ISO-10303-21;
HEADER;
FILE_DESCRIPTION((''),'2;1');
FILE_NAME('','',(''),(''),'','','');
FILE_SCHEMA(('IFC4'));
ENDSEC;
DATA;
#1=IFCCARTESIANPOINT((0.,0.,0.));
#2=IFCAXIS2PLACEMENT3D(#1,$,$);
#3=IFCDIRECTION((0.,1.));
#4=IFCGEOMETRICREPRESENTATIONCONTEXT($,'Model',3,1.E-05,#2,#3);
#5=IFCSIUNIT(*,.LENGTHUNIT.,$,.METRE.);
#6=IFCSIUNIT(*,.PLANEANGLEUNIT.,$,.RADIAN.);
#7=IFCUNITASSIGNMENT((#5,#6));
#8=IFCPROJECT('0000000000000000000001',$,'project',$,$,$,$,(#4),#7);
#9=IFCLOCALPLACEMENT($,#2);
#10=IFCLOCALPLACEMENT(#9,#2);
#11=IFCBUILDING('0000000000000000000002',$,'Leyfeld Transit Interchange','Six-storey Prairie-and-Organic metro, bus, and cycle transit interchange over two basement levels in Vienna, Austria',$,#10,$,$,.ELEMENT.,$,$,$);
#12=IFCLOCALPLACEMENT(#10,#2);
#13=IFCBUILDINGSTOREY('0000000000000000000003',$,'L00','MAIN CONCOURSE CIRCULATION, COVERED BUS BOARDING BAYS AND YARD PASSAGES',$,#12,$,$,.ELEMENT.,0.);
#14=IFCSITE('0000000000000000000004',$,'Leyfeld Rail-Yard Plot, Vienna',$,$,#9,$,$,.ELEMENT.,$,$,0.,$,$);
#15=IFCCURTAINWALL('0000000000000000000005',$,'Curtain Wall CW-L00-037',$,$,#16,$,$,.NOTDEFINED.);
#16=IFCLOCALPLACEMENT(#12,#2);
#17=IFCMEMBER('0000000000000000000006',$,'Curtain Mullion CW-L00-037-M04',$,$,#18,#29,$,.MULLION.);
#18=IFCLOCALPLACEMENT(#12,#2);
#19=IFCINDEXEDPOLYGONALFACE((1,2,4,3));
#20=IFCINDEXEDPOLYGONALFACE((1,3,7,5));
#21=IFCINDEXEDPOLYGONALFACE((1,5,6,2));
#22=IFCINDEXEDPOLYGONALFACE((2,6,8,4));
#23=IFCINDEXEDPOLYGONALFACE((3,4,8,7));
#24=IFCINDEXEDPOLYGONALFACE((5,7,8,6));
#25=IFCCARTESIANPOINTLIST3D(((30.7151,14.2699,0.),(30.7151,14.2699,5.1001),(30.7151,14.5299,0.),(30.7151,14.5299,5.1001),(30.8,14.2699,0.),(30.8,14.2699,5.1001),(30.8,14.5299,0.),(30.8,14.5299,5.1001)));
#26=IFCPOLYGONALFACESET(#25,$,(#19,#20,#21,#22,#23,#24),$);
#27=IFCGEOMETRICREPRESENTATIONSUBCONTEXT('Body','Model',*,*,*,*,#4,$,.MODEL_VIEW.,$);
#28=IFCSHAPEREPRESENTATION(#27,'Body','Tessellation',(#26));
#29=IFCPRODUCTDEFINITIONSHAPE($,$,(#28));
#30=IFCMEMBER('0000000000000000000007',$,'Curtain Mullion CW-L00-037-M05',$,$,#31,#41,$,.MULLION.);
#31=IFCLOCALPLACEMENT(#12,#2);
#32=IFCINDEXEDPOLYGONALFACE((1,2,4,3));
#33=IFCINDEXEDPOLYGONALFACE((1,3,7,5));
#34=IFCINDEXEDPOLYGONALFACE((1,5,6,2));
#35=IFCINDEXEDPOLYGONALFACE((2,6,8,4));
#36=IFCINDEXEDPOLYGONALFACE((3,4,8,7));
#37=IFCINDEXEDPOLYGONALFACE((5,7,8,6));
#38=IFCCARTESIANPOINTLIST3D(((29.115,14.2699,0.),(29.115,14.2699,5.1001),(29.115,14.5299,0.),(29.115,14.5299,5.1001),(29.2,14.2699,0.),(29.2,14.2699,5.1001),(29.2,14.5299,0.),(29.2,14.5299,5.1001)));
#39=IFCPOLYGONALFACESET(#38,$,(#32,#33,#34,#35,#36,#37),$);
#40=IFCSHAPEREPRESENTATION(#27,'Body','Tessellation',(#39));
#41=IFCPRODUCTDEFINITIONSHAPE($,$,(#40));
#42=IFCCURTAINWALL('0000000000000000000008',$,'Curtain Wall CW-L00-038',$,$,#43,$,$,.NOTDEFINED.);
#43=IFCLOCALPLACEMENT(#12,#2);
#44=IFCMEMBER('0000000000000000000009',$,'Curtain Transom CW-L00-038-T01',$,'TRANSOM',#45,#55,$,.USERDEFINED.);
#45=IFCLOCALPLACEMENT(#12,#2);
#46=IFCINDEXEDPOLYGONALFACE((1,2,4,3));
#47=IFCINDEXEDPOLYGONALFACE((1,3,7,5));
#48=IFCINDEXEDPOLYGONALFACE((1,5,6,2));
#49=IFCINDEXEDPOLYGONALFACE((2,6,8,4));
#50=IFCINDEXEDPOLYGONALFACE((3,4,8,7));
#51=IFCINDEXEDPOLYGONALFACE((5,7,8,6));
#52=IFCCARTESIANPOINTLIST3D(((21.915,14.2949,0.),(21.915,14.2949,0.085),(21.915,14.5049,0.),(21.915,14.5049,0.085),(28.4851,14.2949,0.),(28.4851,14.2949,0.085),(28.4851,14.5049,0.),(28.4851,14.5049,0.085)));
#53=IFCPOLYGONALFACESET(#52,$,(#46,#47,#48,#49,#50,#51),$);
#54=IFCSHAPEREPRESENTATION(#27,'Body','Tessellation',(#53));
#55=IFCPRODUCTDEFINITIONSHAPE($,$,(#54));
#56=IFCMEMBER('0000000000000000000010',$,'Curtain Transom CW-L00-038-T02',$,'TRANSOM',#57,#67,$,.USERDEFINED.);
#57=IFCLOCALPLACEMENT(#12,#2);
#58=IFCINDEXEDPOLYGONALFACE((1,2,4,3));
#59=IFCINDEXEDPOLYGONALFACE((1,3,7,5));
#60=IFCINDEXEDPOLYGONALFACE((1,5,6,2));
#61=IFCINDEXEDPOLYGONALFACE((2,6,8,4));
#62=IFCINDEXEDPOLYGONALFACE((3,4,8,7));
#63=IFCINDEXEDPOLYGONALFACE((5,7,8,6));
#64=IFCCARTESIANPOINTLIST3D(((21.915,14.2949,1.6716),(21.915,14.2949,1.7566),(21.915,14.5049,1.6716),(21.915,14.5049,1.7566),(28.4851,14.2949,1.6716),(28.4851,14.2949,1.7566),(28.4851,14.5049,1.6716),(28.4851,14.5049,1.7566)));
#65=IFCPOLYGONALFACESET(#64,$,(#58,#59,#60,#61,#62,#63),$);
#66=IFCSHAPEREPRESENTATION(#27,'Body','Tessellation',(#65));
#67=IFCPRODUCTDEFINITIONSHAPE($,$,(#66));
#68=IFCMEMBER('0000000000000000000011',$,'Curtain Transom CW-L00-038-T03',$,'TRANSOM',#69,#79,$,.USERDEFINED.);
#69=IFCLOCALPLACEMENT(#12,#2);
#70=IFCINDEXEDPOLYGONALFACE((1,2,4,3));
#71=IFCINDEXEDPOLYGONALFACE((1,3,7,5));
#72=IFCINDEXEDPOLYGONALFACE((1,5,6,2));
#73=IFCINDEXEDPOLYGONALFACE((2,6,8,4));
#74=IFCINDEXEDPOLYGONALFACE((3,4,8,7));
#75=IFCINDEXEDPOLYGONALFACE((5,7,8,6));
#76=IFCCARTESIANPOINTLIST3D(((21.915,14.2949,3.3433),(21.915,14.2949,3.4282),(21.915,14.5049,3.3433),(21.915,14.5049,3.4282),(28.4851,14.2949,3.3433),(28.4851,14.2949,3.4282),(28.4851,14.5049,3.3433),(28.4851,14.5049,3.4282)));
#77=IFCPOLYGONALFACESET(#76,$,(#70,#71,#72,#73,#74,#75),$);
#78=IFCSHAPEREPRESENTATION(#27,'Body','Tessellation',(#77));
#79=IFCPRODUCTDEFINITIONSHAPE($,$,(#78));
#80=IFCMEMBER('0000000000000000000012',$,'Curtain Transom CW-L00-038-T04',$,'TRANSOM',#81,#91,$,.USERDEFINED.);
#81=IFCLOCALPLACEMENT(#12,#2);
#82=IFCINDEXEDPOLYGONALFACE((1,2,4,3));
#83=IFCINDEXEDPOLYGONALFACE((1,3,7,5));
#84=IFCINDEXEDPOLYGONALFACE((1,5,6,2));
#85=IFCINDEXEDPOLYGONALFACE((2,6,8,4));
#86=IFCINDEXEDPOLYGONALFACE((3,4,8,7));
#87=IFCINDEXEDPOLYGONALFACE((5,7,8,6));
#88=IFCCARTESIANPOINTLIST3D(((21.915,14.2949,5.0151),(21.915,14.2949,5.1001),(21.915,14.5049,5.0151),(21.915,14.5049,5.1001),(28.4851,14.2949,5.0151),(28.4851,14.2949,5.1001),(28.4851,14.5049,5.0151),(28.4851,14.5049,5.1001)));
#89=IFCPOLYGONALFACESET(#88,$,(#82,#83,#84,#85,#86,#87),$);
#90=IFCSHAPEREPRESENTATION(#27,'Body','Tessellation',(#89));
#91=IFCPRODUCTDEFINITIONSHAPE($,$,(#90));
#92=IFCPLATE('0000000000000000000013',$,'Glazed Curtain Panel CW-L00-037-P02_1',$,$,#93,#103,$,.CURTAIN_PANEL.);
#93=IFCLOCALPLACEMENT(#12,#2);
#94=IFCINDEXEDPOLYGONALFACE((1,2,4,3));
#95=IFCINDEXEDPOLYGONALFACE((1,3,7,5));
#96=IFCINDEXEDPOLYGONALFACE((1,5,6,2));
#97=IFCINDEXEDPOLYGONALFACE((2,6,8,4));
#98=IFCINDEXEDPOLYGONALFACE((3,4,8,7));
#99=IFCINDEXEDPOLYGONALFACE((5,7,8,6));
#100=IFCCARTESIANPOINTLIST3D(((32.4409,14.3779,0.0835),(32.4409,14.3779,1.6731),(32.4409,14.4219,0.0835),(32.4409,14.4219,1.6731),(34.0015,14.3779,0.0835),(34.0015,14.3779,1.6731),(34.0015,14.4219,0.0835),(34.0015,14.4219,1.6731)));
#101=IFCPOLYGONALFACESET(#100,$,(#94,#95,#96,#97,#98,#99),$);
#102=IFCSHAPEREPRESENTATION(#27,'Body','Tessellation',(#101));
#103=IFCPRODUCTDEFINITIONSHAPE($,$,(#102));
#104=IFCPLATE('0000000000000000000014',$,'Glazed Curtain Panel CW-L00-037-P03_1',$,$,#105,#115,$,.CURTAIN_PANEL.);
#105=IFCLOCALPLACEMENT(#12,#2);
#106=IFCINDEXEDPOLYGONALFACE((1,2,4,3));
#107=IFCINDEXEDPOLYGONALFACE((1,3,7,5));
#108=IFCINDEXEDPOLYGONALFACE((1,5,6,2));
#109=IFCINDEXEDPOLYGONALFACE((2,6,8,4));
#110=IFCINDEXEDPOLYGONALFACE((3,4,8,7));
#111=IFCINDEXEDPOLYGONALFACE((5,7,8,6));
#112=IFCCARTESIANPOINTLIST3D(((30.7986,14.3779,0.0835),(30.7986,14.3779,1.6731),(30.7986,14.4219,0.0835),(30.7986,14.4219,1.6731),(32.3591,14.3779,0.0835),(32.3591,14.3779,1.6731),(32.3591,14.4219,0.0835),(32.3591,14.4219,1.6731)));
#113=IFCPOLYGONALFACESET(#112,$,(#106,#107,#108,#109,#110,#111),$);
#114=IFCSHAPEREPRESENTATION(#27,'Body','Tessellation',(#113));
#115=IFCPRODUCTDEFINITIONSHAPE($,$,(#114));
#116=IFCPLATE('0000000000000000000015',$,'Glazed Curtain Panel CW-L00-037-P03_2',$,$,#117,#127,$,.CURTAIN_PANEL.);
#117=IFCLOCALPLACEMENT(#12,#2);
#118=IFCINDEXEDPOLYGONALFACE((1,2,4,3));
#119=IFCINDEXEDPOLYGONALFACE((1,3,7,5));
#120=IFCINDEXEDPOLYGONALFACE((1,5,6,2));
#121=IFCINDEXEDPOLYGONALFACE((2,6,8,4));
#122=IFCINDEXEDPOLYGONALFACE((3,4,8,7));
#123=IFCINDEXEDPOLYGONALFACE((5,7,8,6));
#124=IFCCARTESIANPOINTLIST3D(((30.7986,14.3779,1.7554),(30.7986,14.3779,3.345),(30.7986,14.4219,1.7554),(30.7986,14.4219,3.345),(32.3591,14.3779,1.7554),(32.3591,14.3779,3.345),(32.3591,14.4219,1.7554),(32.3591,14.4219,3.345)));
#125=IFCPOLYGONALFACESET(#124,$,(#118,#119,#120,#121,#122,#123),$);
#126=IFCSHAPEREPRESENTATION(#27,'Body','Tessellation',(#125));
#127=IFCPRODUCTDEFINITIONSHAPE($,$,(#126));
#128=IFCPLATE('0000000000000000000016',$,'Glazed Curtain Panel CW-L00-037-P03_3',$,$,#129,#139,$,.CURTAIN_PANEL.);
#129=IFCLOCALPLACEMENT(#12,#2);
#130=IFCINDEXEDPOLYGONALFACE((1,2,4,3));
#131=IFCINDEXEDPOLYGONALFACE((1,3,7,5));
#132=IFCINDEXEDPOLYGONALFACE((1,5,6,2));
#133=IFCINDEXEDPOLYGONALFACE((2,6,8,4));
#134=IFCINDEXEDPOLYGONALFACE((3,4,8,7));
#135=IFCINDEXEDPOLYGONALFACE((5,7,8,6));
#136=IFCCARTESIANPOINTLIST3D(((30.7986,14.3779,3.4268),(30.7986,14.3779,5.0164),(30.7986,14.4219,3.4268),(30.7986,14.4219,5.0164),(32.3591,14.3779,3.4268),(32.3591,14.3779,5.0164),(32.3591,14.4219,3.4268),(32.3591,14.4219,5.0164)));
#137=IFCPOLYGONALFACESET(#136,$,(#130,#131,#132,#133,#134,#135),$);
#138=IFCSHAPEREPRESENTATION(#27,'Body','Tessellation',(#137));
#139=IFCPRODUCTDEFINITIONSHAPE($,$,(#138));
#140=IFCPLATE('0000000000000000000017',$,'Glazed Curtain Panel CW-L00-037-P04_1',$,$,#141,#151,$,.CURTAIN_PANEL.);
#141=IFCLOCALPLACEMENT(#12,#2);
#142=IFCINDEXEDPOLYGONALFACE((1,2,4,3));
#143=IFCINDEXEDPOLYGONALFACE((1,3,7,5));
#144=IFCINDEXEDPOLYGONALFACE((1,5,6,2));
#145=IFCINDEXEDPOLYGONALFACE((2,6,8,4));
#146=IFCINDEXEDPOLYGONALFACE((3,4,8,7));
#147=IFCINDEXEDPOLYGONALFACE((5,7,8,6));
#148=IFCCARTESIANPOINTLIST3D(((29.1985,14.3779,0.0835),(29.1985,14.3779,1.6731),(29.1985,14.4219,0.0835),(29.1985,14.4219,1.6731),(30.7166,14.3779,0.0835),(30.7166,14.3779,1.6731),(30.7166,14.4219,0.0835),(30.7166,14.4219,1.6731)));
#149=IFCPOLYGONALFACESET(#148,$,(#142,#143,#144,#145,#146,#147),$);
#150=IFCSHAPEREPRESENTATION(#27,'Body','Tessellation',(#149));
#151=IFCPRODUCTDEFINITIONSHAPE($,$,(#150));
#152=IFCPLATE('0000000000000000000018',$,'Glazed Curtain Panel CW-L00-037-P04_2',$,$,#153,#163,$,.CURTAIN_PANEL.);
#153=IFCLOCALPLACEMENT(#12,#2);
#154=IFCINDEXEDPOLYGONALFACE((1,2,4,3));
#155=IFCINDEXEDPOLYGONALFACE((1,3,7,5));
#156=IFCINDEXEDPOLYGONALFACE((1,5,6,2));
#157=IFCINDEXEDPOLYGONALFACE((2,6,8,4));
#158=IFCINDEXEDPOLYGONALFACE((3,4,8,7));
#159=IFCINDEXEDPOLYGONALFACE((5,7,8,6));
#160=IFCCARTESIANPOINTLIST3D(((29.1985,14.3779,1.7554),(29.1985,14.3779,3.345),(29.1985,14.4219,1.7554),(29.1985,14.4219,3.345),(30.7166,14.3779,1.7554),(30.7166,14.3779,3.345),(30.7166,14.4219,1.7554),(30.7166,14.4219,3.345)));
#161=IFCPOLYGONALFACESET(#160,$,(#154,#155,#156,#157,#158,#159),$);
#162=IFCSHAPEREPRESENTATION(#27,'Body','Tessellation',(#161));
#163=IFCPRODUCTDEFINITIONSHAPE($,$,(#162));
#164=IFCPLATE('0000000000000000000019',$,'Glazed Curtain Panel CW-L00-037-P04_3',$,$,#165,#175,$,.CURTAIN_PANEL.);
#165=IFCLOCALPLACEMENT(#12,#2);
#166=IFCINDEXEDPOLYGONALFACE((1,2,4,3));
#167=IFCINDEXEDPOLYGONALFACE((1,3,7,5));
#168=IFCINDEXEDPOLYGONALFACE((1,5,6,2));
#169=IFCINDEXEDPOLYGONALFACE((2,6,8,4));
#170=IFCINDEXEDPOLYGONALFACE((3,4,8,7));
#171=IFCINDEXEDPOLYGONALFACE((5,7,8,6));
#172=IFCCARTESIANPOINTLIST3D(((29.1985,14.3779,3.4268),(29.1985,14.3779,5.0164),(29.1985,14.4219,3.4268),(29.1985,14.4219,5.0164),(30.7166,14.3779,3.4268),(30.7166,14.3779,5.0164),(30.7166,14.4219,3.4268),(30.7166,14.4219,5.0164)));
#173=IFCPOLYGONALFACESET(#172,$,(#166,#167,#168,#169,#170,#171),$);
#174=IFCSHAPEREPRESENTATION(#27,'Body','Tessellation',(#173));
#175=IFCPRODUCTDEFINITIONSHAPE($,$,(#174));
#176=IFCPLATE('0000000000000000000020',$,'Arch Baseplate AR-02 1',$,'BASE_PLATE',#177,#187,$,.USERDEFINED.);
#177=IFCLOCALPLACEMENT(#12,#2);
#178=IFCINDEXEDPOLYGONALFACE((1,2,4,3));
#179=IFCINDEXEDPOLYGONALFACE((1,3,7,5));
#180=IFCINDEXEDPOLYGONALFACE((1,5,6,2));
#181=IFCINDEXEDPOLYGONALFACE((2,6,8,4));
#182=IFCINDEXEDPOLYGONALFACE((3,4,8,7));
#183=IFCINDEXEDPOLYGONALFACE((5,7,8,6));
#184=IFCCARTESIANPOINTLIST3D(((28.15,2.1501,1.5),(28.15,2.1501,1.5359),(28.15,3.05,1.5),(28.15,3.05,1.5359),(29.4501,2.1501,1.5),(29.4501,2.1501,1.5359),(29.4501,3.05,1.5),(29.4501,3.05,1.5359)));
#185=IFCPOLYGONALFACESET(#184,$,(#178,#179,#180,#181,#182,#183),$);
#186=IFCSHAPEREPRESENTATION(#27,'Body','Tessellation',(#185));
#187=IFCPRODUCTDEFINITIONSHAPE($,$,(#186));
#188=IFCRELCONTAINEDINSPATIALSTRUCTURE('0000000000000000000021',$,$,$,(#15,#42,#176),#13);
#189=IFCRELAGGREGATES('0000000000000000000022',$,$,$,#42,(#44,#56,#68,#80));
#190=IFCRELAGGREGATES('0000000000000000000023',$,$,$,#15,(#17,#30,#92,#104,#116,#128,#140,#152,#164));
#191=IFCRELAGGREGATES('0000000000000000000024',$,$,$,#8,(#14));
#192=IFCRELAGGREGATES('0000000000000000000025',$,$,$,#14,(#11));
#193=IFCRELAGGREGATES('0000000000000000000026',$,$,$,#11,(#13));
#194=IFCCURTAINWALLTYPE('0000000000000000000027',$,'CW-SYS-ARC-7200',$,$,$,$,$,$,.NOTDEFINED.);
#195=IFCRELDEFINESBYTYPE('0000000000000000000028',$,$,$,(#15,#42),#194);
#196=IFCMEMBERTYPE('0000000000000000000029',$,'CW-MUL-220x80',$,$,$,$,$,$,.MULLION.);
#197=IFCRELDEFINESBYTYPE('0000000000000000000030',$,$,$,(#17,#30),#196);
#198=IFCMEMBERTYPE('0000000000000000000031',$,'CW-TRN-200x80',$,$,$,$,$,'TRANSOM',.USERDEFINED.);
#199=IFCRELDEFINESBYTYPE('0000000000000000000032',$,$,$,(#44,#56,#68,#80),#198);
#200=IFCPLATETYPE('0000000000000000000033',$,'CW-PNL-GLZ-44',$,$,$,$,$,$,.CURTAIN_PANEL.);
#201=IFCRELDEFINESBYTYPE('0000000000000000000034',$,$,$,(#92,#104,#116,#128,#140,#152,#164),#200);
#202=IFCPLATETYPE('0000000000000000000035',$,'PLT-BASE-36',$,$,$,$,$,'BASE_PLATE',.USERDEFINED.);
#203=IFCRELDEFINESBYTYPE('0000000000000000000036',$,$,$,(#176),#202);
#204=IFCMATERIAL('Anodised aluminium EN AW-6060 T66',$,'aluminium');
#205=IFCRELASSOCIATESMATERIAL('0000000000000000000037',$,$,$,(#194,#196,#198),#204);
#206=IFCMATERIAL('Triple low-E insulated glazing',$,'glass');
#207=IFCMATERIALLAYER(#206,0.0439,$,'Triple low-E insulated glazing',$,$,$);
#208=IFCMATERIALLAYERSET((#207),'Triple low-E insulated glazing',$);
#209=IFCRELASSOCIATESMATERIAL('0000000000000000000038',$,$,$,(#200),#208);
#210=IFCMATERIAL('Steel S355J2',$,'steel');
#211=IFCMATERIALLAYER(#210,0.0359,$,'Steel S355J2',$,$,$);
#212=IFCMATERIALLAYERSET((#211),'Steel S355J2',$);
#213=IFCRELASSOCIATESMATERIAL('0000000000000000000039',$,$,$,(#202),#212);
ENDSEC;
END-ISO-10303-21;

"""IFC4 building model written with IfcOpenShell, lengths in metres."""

from ifc_helpers import new_model, si_unit, direction, frame, origin, origin_2d, place, context, subcontext, project, spatial, rectangle, extrude, material, layer, layer_set, material_profile, profile_set, type_object, element, aggregate, save


model = new_model("IFC4")

# Units and contexts
model_context = context("Model", 3, precision=1e-05, world=origin(), true_north=direction((0.0, 1.0)))
body_context = subcontext(model_context, "Body", "Model", "MODEL_VIEW")
ifc_project = project(units=[si_unit("LENGTHUNIT", "METRE"), si_unit("PLANEANGLEUNIT", "RADIAN")], contexts=[model_context])

# Site, building, storey
site_placement = place(None, origin())
site = spatial("IfcSite", under=ifc_project, at=site_placement, Name="Leyfeld Rail-Yard Plot, Vienna", CompositionType="ELEMENT", RefElevation=0.0)
building_placement = place(site_placement, origin())
building = spatial("IfcBuilding", under=site, at=building_placement, Name="Leyfeld Transit Interchange", Description="Six-storey Prairie-and-Organic metro, bus, and cycle transit interchange over two basement levels in Vienna, Austria", CompositionType="ELEMENT")
storey_placement = place(building_placement, origin())
storey = spatial("IfcBuildingStorey", under=building, at=storey_placement, Name="L00", Description="MAIN CONCOURSE CIRCULATION, COVERED BUS BOARDING BAYS AND YARD PASSAGES", CompositionType="ELEMENT", Elevation=0.0)

# Curtain walls, members
ifc_material_1 = material(Name="Anodised aluminium EN AW-6060 T66", Category="aluminium")
curtain_wall_type = type_object("IfcCurtainWallType", Name="CW-SYS-ARC-7200", PredefinedType="NOTDEFINED", material=ifc_material_1)
curtain_wall_1_placement = place(storey_placement, origin())
curtain_wall_1 = element("IfcCurtainWall", 1, at=curtain_wall_1_placement, inside=storey, type_object=curtain_wall_type, Name="Curtain Wall CW-L00-037", PredefinedType="NOTDEFINED")
ifc_material_profile_1 = material_profile(ifc_material_1, rectangle(XDim=0.085, YDim=0.26, at=origin_2d()), Name="CW-M 85x260")
ifc_profile_set_1 = profile_set([ifc_material_profile_1], Name="Anodised aluminium EN AW-6060 T66")
member_type_1 = type_object("IfcMemberType", Name="CW-MUL-220x80", PredefinedType="MULLION", material=ifc_profile_set_1)
member_1_placement = place(storey_placement, frame((30.7576, 14.3999, 0.0), z_axis=(0.0, 0.0, 1.0), x_axis=(-1.0, 0.0, 0.0)))
member_1 = element("IfcMember", 2, at=member_1_placement, type_object=member_type_1, Name="Curtain Mullion CW-L00-037-M04", PredefinedType="MULLION", context=body_context, shape_type="SweptSolid", body=[
    extrude(rectangle(XDim=0.085, YDim=0.26, at=origin_2d()), origin(), (0.0, 0.0, 1.0), 5.1001),
])
member_2_placement = place(storey_placement, frame((29.1575, 14.3999, 0.0), z_axis=(0.0, 0.0, 1.0), x_axis=(-1.0, 0.0, 0.0)))
member_2 = element("IfcMember", 3, at=member_2_placement, type_object=member_type_1, Name="Curtain Mullion CW-L00-037-M05", PredefinedType="MULLION", context=body_context, shape_type="SweptSolid", body=[
    extrude(rectangle(XDim=0.085, YDim=0.26, at=origin_2d()), origin(), (0.0, 0.0, 1.0), 5.1001),
])
curtain_wall_2_placement = place(storey_placement, origin())
curtain_wall_2 = element("IfcCurtainWall", 4, at=curtain_wall_2_placement, inside=storey, type_object=curtain_wall_type, Name="Curtain Wall CW-L00-038", PredefinedType="NOTDEFINED")
ifc_material_profile_2 = material_profile(ifc_material_1, rectangle(XDim=0.21, YDim=0.085, at=origin_2d()), Name="CW-TRN-200x80")
ifc_profile_set_2 = profile_set([ifc_material_profile_2], Name="Anodised aluminium EN AW-6060 T66")
member_type_2 = type_object("IfcMemberType", Name="CW-TRN-200x80", ElementType="TRANSOM", PredefinedType="USERDEFINED", material=ifc_profile_set_2)
member_3_placement = place(storey_placement, frame((28.4851, 14.3999, 0.0425), z_axis=(-1.0, 0.0, 0.0), x_axis=(0.0, -1.0, 0.0)))
member_3 = element("IfcMember", 5, at=member_3_placement, type_object=member_type_2, Name="Curtain Transom CW-L00-038-T01", ObjectType="TRANSOM", PredefinedType="USERDEFINED", context=body_context, shape_type="SweptSolid", body=[
    extrude(rectangle(XDim=0.21, YDim=0.085, at=origin_2d()), origin(), (0.0, 0.0, 1.0), 6.5701),
])
member_4_placement = place(storey_placement, frame((28.4851, 14.3999, 1.7141), z_axis=(-1.0, 0.0, 0.0), x_axis=(0.0, -1.0, 0.0)))
member_4 = element("IfcMember", 6, at=member_4_placement, type_object=member_type_2, Name="Curtain Transom CW-L00-038-T02", ObjectType="TRANSOM", PredefinedType="USERDEFINED", context=body_context, shape_type="SweptSolid", body=[
    extrude(rectangle(XDim=0.21, YDim=0.085, at=origin_2d()), origin(), (0.0, 0.0, 1.0), 6.5701),
])
member_5_placement = place(storey_placement, frame((28.4851, 14.3999, 3.3857), z_axis=(-1.0, 0.0, 0.0), x_axis=(0.0, -1.0, 0.0)))
member_5 = element("IfcMember", 7, at=member_5_placement, type_object=member_type_2, Name="Curtain Transom CW-L00-038-T03", ObjectType="TRANSOM", PredefinedType="USERDEFINED", context=body_context, shape_type="SweptSolid", body=[
    extrude(rectangle(XDim=0.21, YDim=0.085, at=origin_2d()), origin(), (0.0, 0.0, 1.0), 6.5701),
])
member_6_placement = place(storey_placement, frame((28.4851, 14.3999, 5.0576), z_axis=(-1.0, 0.0, 0.0), x_axis=(0.0, -1.0, 0.0)))
member_6 = element("IfcMember", 8, at=member_6_placement, type_object=member_type_2, Name="Curtain Transom CW-L00-038-T04", ObjectType="TRANSOM", PredefinedType="USERDEFINED", context=body_context, shape_type="SweptSolid", body=[
    extrude(rectangle(XDim=0.21, YDim=0.085, at=origin_2d()), origin(), (0.0, 0.0, 1.0), 6.5701),
])
aggregate(curtain_wall_2, [member_3, member_4, member_5, member_6])

# Plates
ifc_material_2 = material(Name="Triple low-E insulated glazing", Category="glass")
ifc_layer_1 = layer(ifc_material_2, 0.0439, Name="Triple low-E insulated glazing")
ifc_layer_set_1 = layer_set([ifc_layer_1], Name="Triple low-E insulated glazing")
plate_type_1 = type_object("IfcPlateType", Name="CW-PNL-GLZ-44", PredefinedType="CURTAIN_PANEL", material=ifc_layer_set_1)
plate_1_placement = place(storey_placement, frame((33.2212, 14.3999, 0.0835), z_axis=(0.0, 0.0, 1.0), x_axis=(-1.0, 0.0, 0.0)))
plate_1 = element("IfcPlate", 9, at=plate_1_placement, type_object=plate_type_1, Name="Glazed Curtain Panel CW-L00-037-P02_1", PredefinedType="CURTAIN_PANEL", context=body_context, shape_type="SweptSolid", body=[
    extrude(rectangle(XDim=1.5605, YDim=0.0439, at=origin_2d()), origin(), (0.0, 0.0, 1.0), 1.5896),
])
plate_2_placement = place(storey_placement, frame((31.5789, 14.3999, 0.0835), z_axis=(0.0, 0.0, 1.0), x_axis=(-1.0, 0.0, 0.0)))
plate_2 = element("IfcPlate", 10, at=plate_2_placement, type_object=plate_type_1, Name="Glazed Curtain Panel CW-L00-037-P03_1", PredefinedType="CURTAIN_PANEL", context=body_context, shape_type="SweptSolid", body=[
    extrude(rectangle(XDim=1.5605, YDim=0.0439, at=origin_2d()), origin(), (0.0, 0.0, 1.0), 1.5896),
])
plate_3_placement = place(storey_placement, frame((31.5789, 14.3999, 1.7554), z_axis=(0.0, 0.0, 1.0), x_axis=(-1.0, 0.0, 0.0)))
plate_3 = element("IfcPlate", 11, at=plate_3_placement, type_object=plate_type_1, Name="Glazed Curtain Panel CW-L00-037-P03_2", PredefinedType="CURTAIN_PANEL", context=body_context, shape_type="SweptSolid", body=[
    extrude(rectangle(XDim=1.5605, YDim=0.0439, at=origin_2d()), origin(), (0.0, 0.0, 1.0), 1.5896),
])
plate_4_placement = place(storey_placement, frame((31.5789, 14.3999, 3.4268), z_axis=(0.0, 0.0, 1.0), x_axis=(-1.0, 0.0, 0.0)))
plate_4 = element("IfcPlate", 12, at=plate_4_placement, type_object=plate_type_1, Name="Glazed Curtain Panel CW-L00-037-P03_3", PredefinedType="CURTAIN_PANEL", context=body_context, shape_type="SweptSolid", body=[
    extrude(rectangle(XDim=1.5605, YDim=0.0439, at=origin_2d()), origin(), (0.0, 0.0, 1.0), 1.5896),
])
plate_5_placement = place(storey_placement, frame((29.9575, 14.3999, 0.0835), z_axis=(0.0, 0.0, 1.0), x_axis=(-1.0, 0.0, 0.0)))
plate_5 = element("IfcPlate", 13, at=plate_5_placement, type_object=plate_type_1, Name="Glazed Curtain Panel CW-L00-037-P04_1", PredefinedType="CURTAIN_PANEL", context=body_context, shape_type="SweptSolid", body=[
    extrude(rectangle(XDim=1.5181, YDim=0.0439, at=origin_2d()), origin(), (0.0, 0.0, 1.0), 1.5896),
])
plate_6_placement = place(storey_placement, frame((29.9575, 14.3999, 1.7554), z_axis=(0.0, 0.0, 1.0), x_axis=(-1.0, 0.0, 0.0)))
plate_6 = element("IfcPlate", 14, at=plate_6_placement, type_object=plate_type_1, Name="Glazed Curtain Panel CW-L00-037-P04_2", PredefinedType="CURTAIN_PANEL", context=body_context, shape_type="SweptSolid", body=[
    extrude(rectangle(XDim=1.5181, YDim=0.0439, at=origin_2d()), origin(), (0.0, 0.0, 1.0), 1.5896),
])
plate_7_placement = place(storey_placement, frame((29.9575, 14.3999, 3.4268), z_axis=(0.0, 0.0, 1.0), x_axis=(-1.0, 0.0, 0.0)))
plate_7 = element("IfcPlate", 15, at=plate_7_placement, type_object=plate_type_1, Name="Glazed Curtain Panel CW-L00-037-P04_3", PredefinedType="CURTAIN_PANEL", context=body_context, shape_type="SweptSolid", body=[
    extrude(rectangle(XDim=1.5181, YDim=0.0439, at=origin_2d()), origin(), (0.0, 0.0, 1.0), 1.5896),
])
aggregate(curtain_wall_1, [member_1, member_2, plate_1, plate_2, plate_3, plate_4, plate_5, plate_6, plate_7])

# Plate
ifc_material_3 = material(Name="Steel S355J2", Category="steel")
ifc_layer_2 = layer(ifc_material_3, 0.0359, Name="Steel S355J2")
ifc_layer_set_2 = layer_set([ifc_layer_2], Name="Steel S355J2")
plate_type_2 = type_object("IfcPlateType", Name="PLT-BASE-36", ElementType="BASE_PLATE", PredefinedType="USERDEFINED", material=ifc_layer_set_2)
plate_8_placement = place(storey_placement, frame((28.8, 2.6001, 1.5), z_axis=(0.0, 0.0, 1.0), x_axis=(1.0, 0.0, 0.0)))
element("IfcPlate", 16, at=plate_8_placement, inside=storey, type_object=plate_type_2, Name="Arch Baseplate AR-02 1", ObjectType="BASE_PLATE", PredefinedType="USERDEFINED", context=body_context, shape_type="SweptSolid", body=[
    extrude(rectangle(XDim=1.3, YDim=0.8999, at=origin_2d()), origin(), (0.0, 0.0, 1.0), 0.0359),
])

save(model, "model.ifc")
